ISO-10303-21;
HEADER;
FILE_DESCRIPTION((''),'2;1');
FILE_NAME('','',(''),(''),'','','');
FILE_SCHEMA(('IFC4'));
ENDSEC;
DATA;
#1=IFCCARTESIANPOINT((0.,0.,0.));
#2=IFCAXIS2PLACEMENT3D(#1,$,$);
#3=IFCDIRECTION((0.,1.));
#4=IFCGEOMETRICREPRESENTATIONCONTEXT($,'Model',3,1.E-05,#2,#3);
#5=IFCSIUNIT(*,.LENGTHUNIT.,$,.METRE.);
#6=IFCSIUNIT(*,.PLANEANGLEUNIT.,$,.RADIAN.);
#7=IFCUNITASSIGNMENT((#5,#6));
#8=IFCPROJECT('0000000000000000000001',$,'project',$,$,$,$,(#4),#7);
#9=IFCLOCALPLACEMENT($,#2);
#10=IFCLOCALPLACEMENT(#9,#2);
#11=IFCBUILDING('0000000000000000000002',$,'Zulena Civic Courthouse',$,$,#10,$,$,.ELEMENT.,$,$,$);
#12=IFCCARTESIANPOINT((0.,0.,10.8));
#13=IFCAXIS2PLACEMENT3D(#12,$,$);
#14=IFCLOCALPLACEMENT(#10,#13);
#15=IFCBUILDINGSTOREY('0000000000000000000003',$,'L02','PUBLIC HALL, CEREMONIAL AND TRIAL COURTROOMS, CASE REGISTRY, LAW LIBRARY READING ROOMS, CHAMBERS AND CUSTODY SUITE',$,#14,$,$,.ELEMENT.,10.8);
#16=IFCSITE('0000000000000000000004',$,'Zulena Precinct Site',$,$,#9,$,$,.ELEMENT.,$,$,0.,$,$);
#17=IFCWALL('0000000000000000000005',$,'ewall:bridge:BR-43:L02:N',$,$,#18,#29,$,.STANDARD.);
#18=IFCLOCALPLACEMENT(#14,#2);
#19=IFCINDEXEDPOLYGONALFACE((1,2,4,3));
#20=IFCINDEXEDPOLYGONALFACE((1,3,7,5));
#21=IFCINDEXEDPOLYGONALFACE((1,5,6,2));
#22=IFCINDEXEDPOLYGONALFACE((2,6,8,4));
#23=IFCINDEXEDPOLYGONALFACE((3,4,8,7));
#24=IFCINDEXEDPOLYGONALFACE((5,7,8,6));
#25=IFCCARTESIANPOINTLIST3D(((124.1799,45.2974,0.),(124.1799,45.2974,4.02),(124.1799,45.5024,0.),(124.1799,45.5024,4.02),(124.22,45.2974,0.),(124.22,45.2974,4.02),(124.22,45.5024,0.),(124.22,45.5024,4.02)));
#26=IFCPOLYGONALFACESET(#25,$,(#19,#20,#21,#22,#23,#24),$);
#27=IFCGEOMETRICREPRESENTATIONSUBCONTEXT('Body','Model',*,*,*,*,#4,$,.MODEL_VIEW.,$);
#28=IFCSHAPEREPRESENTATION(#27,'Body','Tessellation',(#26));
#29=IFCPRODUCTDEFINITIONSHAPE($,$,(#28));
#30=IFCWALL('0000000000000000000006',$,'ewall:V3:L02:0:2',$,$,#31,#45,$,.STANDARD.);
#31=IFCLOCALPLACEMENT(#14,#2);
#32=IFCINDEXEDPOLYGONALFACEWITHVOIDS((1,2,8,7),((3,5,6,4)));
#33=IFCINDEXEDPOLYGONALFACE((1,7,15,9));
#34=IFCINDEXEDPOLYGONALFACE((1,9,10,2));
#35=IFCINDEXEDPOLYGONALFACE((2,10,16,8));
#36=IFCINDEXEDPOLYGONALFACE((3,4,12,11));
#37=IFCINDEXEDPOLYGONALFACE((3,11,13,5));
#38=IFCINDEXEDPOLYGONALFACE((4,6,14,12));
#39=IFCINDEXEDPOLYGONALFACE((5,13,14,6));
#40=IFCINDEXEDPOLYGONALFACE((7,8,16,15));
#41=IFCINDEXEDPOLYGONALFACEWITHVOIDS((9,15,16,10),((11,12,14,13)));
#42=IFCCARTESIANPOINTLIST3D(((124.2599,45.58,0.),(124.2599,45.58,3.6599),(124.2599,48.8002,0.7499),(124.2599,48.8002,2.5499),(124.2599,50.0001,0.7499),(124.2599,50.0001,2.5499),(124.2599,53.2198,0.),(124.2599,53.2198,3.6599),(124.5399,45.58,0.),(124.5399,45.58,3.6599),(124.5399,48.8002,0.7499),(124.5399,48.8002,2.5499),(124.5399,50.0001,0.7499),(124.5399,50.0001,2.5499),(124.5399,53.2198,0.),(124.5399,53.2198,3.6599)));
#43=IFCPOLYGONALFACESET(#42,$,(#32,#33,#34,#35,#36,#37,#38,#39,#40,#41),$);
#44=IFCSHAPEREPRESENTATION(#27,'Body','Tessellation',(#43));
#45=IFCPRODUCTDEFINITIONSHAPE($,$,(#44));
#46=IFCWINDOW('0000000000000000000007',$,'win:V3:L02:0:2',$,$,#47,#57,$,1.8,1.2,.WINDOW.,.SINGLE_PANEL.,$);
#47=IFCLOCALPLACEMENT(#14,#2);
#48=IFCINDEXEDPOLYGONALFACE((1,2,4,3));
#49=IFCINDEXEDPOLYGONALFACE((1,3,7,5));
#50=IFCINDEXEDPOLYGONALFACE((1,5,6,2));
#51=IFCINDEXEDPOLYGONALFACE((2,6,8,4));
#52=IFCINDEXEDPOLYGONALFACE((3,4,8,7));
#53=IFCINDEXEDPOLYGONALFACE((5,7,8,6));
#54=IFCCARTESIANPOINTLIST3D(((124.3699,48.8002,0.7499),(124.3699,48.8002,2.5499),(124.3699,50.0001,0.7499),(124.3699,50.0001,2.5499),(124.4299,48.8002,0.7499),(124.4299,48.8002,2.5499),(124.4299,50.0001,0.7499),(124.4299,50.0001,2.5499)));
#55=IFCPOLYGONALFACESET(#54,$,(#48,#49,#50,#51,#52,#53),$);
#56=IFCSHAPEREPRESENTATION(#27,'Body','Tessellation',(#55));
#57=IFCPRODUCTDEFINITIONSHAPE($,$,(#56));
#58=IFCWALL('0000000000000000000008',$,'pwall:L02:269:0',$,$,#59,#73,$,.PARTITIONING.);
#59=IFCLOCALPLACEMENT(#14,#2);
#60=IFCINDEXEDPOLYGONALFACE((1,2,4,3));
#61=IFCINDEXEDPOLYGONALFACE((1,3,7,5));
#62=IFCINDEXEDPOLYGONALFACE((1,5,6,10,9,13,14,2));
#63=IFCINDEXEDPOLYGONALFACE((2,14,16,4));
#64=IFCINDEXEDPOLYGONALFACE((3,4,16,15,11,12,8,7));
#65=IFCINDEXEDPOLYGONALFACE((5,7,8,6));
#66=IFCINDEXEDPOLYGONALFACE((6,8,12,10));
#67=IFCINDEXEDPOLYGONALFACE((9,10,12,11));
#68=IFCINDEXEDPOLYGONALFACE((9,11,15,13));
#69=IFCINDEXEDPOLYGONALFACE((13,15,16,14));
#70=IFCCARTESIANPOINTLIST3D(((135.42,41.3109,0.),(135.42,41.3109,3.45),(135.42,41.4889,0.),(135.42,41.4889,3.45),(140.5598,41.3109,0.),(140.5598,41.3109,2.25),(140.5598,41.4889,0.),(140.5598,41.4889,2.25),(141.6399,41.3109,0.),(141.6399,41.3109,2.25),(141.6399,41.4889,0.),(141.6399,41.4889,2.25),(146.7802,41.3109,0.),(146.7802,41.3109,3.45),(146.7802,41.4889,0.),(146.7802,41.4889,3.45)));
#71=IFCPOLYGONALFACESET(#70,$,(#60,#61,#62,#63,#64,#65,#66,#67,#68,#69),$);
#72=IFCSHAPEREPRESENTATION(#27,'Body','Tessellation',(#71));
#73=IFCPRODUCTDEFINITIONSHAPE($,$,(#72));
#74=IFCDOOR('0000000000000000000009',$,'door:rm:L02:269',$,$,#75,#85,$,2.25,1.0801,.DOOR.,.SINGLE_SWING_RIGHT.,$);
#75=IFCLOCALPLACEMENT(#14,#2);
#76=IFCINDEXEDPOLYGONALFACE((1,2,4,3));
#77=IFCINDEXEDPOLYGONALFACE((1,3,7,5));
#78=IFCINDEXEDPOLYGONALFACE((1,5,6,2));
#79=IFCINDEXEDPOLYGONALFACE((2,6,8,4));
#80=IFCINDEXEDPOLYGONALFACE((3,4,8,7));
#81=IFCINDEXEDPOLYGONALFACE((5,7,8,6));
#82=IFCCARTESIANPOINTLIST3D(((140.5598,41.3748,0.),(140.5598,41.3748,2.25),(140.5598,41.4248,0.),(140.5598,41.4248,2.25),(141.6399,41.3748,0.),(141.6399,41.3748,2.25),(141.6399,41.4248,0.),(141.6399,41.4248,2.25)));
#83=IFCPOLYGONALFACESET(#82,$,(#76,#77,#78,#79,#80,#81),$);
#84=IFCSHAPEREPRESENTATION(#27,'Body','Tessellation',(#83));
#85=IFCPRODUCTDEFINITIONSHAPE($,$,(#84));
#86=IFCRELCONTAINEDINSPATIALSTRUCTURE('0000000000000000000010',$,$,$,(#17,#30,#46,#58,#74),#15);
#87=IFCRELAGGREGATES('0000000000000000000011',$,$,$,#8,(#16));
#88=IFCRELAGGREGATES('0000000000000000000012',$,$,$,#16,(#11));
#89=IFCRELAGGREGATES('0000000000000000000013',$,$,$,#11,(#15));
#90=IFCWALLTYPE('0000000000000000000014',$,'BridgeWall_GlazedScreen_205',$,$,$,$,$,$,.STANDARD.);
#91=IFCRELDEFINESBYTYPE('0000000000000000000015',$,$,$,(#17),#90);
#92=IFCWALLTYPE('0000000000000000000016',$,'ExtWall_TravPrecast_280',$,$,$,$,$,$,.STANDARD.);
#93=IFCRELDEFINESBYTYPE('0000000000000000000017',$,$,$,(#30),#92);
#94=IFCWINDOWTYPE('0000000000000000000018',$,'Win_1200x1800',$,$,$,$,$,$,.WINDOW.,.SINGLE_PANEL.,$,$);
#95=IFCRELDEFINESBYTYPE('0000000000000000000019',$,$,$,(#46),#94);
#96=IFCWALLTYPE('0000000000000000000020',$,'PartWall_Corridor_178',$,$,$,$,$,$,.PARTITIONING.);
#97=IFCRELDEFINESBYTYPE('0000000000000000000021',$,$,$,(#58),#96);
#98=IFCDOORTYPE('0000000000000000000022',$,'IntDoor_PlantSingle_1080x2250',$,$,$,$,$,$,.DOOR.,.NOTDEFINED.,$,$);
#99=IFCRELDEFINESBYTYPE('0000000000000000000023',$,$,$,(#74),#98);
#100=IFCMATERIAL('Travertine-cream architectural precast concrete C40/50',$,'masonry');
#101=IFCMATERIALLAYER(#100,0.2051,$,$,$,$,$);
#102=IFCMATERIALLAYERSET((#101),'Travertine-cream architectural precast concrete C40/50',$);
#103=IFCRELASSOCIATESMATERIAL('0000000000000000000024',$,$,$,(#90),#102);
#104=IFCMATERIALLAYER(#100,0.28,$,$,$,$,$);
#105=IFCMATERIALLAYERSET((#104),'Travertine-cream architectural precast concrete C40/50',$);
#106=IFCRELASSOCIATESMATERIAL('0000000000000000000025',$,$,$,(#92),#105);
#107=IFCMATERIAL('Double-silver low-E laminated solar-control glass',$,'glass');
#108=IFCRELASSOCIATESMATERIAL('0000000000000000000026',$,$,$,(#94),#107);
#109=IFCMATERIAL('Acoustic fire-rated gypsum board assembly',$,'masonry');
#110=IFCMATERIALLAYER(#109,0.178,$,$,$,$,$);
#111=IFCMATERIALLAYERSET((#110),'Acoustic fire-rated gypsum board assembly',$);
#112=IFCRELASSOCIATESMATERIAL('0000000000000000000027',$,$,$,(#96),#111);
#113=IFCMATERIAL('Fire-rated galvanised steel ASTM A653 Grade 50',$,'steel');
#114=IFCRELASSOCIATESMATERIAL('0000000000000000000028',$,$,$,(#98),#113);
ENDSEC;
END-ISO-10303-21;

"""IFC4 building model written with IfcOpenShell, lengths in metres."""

from ifc_helpers import new_model, si_unit, direction, frame, frame_2d, origin, place, context, subcontext, project, spatial, rectangle, extrude, material, layer, layer_set, type_object, element, fill, save


model = new_model("IFC4")

# Units and contexts
model_context = context("Model", 3, precision=1e-05, world=origin(), true_north=direction((0.0, 1.0)))
body_context = subcontext(model_context, "Body", "Model", "MODEL_VIEW")
ifc_project = project(units=[si_unit("LENGTHUNIT", "METRE"), si_unit("PLANEANGLEUNIT", "RADIAN")], contexts=[model_context])

# Site, building, storey
site_placement = place(None, origin())
site = spatial("IfcSite", under=ifc_project, at=site_placement, Name="Zulena Precinct Site", CompositionType="ELEMENT", RefElevation=0.0)
building_placement = place(site_placement, origin())
building = spatial("IfcBuilding", under=site, at=building_placement, Name="Zulena Civic Courthouse", CompositionType="ELEMENT")
storey_placement = place(building_placement, frame((0.0, 0.0, 10.8)))
storey = spatial("IfcBuildingStorey", under=building, at=storey_placement, Name="L02", Description="PUBLIC HALL, CEREMONIAL AND TRIAL COURTROOMS, CASE REGISTRY, LAW LIBRARY READING ROOMS, CHAMBERS AND CUSTODY SUITE", CompositionType="ELEMENT", Elevation=10.8)

# Shared definitions
ifc_material_1 = material(Name="Double-silver low-E laminated solar-control glass", Category="glass")

# Wall
ifc_material_2 = material(Name="Travertine-cream architectural precast concrete C40/50", Category="masonry")
ifc_layer_1 = layer(ifc_material_2, 0.2051)
ifc_layer_set_1 = layer_set([ifc_layer_1], Name="Travertine-cream architectural precast concrete C40/50")
wall_type_1 = type_object("IfcWallType", Name="BridgeWall_GlazedScreen_205", PredefinedType="STANDARD", material=ifc_layer_set_1)
wall_1_placement = place(storey_placement, frame((124.1799, 45.3999, 0.0), z_axis=(0.0, 0.0, 1.0), x_axis=(1.0, 0.0, 0.0)))
element("IfcWall", 1, at=wall_1_placement, inside=storey, type_object=wall_type_1, Name="ewall:bridge:BR-43:L02:N", PredefinedType="STANDARD", context=body_context, shape_type="SweptSolid", body=[
    extrude(rectangle(XDim=0.04, YDim=0.2051, at=frame_2d((0.02, 0.0))), origin(), (0.0, 0.0, 1.0), 4.02),
])

# Wall, opening, window
ifc_layer_2 = layer(ifc_material_2, 0.28)
ifc_layer_set_2 = layer_set([ifc_layer_2], Name="Travertine-cream architectural precast concrete C40/50")
wall_type_2 = type_object("IfcWallType", Name="ExtWall_TravPrecast_280", PredefinedType="STANDARD", material=ifc_layer_set_2)
wall_2_placement = place(storey_placement, frame((124.3999, 45.5801, 0.0), z_axis=(0.0, 0.0, 1.0), x_axis=(0.0, 1.0, 0.0)))
wall_2 = element("IfcWall", 2, at=wall_2_placement, inside=storey, type_object=wall_type_2, Name="ewall:V3:L02:0:2", PredefinedType="STANDARD", context=body_context, shape_type="SweptSolid", body=[
    extrude(rectangle(XDim=7.6399, YDim=0.28, at=frame_2d((3.8198, 0.0))), origin(), (0.0, 0.0, 1.0), 3.6599),
])
opening_1_placement = place(wall_2_placement, frame((3.22, 0.0, 0.75)))
opening_1 = element("IfcOpeningElement", 3, at=opening_1_placement, cuts=wall_2, PredefinedType="OPENING", context=body_context, shape_type="SweptSolid", body=[
    extrude(rectangle(XDim=1.2, YDim=1.8, at=frame_2d((0.6001, 0.8999))), frame((0.0, 0.1499, 0.0), z_axis=(0.0, -1.0, 0.0), x_axis=(1.0, 0.0, 0.0)), (0.0, 0.0, 1.0), 0.3),
])
window_type = type_object("IfcWindowType", Name="Win_1200x1800", PartitioningType="SINGLE_PANEL", PredefinedType="WINDOW", material=ifc_material_1)
window_placement = place(opening_1_placement, origin())
window = element("IfcWindow", 4, at=window_placement, inside=storey, type_object=window_type, Name="win:V3:L02:0:2", OverallHeight=1.8, OverallWidth=1.2, PartitioningType="SINGLE_PANEL", PredefinedType="WINDOW", context=body_context, shape_type="SweptSolid", body=[
    extrude(rectangle(XDim=1.2, YDim=1.8, at=frame_2d((0.6001, 0.8999))), frame((0.0, 0.03, 0.0), z_axis=(0.0, -1.0, 0.0), x_axis=(1.0, 0.0, 0.0)), (0.0, 0.0, 1.0), 0.0601),
])
fill(opening_1, window)

# Wall, opening, door
ifc_material_3 = material(Name="Acoustic fire-rated gypsum board assembly", Category="masonry")
ifc_layer_3 = layer(ifc_material_3, 0.178)
ifc_layer_set_3 = layer_set([ifc_layer_3], Name="Acoustic fire-rated gypsum board assembly")
wall_type_3 = type_object("IfcWallType", Name="PartWall_Corridor_178", PredefinedType="PARTITIONING", material=ifc_layer_set_3)
wall_3_placement = place(storey_placement, frame((135.4199, 41.3999, 0.0), z_axis=(0.0, 0.0, 1.0), x_axis=(1.0, 0.0, 0.0)))
wall_3 = element("IfcWall", 5, at=wall_3_placement, inside=storey, type_object=wall_type_3, Name="pwall:L02:269:0", PredefinedType="PARTITIONING", context=body_context, shape_type="SweptSolid", body=[
    extrude(rectangle(XDim=11.3601, YDim=0.178, at=frame_2d((5.6802, 0.0))), origin(), (0.0, 0.0, 1.0), 3.45),
])
opening_2_placement = place(wall_3_placement, frame((5.1399, 0.0, 0.0)))
opening_2 = element("IfcOpeningElement", 6, at=opening_2_placement, cuts=wall_3, PredefinedType="OPENING", context=body_context, shape_type="SweptSolid", body=[
    extrude(rectangle(XDim=1.0801, YDim=2.25, at=frame_2d((0.54, 1.125))), frame((0.0, 0.0989, 0.0), z_axis=(0.0, -1.0, 0.0), x_axis=(1.0, 0.0, 0.0)), (0.0, 0.0, 1.0), 0.198),
])
ifc_material_4 = material(Name="Fire-rated galvanised steel ASTM A653 Grade 50", Category="steel")
door_type = type_object("IfcDoorType", Name="IntDoor_PlantSingle_1080x2250", OperationType="NOTDEFINED", PredefinedType="DOOR", material=ifc_material_4)
door_placement = place(opening_2_placement, origin())
door = element("IfcDoor", 7, at=door_placement, inside=storey, type_object=door_type, Name="door:rm:L02:269", OperationType="SINGLE_SWING_RIGHT", OverallHeight=2.25, OverallWidth=1.0801, PredefinedType="DOOR", context=body_context, shape_type="SweptSolid", body=[
    extrude(rectangle(XDim=1.0801, YDim=2.25, at=frame_2d((0.54, 1.125))), frame((0.0, 0.0249, 0.0), z_axis=(0.0, -1.0, 0.0), x_axis=(1.0, 0.0, 0.0)), (0.0, 0.0, 1.0), 0.05),
])
fill(opening_2, door)

save(model, "model.ifc")
